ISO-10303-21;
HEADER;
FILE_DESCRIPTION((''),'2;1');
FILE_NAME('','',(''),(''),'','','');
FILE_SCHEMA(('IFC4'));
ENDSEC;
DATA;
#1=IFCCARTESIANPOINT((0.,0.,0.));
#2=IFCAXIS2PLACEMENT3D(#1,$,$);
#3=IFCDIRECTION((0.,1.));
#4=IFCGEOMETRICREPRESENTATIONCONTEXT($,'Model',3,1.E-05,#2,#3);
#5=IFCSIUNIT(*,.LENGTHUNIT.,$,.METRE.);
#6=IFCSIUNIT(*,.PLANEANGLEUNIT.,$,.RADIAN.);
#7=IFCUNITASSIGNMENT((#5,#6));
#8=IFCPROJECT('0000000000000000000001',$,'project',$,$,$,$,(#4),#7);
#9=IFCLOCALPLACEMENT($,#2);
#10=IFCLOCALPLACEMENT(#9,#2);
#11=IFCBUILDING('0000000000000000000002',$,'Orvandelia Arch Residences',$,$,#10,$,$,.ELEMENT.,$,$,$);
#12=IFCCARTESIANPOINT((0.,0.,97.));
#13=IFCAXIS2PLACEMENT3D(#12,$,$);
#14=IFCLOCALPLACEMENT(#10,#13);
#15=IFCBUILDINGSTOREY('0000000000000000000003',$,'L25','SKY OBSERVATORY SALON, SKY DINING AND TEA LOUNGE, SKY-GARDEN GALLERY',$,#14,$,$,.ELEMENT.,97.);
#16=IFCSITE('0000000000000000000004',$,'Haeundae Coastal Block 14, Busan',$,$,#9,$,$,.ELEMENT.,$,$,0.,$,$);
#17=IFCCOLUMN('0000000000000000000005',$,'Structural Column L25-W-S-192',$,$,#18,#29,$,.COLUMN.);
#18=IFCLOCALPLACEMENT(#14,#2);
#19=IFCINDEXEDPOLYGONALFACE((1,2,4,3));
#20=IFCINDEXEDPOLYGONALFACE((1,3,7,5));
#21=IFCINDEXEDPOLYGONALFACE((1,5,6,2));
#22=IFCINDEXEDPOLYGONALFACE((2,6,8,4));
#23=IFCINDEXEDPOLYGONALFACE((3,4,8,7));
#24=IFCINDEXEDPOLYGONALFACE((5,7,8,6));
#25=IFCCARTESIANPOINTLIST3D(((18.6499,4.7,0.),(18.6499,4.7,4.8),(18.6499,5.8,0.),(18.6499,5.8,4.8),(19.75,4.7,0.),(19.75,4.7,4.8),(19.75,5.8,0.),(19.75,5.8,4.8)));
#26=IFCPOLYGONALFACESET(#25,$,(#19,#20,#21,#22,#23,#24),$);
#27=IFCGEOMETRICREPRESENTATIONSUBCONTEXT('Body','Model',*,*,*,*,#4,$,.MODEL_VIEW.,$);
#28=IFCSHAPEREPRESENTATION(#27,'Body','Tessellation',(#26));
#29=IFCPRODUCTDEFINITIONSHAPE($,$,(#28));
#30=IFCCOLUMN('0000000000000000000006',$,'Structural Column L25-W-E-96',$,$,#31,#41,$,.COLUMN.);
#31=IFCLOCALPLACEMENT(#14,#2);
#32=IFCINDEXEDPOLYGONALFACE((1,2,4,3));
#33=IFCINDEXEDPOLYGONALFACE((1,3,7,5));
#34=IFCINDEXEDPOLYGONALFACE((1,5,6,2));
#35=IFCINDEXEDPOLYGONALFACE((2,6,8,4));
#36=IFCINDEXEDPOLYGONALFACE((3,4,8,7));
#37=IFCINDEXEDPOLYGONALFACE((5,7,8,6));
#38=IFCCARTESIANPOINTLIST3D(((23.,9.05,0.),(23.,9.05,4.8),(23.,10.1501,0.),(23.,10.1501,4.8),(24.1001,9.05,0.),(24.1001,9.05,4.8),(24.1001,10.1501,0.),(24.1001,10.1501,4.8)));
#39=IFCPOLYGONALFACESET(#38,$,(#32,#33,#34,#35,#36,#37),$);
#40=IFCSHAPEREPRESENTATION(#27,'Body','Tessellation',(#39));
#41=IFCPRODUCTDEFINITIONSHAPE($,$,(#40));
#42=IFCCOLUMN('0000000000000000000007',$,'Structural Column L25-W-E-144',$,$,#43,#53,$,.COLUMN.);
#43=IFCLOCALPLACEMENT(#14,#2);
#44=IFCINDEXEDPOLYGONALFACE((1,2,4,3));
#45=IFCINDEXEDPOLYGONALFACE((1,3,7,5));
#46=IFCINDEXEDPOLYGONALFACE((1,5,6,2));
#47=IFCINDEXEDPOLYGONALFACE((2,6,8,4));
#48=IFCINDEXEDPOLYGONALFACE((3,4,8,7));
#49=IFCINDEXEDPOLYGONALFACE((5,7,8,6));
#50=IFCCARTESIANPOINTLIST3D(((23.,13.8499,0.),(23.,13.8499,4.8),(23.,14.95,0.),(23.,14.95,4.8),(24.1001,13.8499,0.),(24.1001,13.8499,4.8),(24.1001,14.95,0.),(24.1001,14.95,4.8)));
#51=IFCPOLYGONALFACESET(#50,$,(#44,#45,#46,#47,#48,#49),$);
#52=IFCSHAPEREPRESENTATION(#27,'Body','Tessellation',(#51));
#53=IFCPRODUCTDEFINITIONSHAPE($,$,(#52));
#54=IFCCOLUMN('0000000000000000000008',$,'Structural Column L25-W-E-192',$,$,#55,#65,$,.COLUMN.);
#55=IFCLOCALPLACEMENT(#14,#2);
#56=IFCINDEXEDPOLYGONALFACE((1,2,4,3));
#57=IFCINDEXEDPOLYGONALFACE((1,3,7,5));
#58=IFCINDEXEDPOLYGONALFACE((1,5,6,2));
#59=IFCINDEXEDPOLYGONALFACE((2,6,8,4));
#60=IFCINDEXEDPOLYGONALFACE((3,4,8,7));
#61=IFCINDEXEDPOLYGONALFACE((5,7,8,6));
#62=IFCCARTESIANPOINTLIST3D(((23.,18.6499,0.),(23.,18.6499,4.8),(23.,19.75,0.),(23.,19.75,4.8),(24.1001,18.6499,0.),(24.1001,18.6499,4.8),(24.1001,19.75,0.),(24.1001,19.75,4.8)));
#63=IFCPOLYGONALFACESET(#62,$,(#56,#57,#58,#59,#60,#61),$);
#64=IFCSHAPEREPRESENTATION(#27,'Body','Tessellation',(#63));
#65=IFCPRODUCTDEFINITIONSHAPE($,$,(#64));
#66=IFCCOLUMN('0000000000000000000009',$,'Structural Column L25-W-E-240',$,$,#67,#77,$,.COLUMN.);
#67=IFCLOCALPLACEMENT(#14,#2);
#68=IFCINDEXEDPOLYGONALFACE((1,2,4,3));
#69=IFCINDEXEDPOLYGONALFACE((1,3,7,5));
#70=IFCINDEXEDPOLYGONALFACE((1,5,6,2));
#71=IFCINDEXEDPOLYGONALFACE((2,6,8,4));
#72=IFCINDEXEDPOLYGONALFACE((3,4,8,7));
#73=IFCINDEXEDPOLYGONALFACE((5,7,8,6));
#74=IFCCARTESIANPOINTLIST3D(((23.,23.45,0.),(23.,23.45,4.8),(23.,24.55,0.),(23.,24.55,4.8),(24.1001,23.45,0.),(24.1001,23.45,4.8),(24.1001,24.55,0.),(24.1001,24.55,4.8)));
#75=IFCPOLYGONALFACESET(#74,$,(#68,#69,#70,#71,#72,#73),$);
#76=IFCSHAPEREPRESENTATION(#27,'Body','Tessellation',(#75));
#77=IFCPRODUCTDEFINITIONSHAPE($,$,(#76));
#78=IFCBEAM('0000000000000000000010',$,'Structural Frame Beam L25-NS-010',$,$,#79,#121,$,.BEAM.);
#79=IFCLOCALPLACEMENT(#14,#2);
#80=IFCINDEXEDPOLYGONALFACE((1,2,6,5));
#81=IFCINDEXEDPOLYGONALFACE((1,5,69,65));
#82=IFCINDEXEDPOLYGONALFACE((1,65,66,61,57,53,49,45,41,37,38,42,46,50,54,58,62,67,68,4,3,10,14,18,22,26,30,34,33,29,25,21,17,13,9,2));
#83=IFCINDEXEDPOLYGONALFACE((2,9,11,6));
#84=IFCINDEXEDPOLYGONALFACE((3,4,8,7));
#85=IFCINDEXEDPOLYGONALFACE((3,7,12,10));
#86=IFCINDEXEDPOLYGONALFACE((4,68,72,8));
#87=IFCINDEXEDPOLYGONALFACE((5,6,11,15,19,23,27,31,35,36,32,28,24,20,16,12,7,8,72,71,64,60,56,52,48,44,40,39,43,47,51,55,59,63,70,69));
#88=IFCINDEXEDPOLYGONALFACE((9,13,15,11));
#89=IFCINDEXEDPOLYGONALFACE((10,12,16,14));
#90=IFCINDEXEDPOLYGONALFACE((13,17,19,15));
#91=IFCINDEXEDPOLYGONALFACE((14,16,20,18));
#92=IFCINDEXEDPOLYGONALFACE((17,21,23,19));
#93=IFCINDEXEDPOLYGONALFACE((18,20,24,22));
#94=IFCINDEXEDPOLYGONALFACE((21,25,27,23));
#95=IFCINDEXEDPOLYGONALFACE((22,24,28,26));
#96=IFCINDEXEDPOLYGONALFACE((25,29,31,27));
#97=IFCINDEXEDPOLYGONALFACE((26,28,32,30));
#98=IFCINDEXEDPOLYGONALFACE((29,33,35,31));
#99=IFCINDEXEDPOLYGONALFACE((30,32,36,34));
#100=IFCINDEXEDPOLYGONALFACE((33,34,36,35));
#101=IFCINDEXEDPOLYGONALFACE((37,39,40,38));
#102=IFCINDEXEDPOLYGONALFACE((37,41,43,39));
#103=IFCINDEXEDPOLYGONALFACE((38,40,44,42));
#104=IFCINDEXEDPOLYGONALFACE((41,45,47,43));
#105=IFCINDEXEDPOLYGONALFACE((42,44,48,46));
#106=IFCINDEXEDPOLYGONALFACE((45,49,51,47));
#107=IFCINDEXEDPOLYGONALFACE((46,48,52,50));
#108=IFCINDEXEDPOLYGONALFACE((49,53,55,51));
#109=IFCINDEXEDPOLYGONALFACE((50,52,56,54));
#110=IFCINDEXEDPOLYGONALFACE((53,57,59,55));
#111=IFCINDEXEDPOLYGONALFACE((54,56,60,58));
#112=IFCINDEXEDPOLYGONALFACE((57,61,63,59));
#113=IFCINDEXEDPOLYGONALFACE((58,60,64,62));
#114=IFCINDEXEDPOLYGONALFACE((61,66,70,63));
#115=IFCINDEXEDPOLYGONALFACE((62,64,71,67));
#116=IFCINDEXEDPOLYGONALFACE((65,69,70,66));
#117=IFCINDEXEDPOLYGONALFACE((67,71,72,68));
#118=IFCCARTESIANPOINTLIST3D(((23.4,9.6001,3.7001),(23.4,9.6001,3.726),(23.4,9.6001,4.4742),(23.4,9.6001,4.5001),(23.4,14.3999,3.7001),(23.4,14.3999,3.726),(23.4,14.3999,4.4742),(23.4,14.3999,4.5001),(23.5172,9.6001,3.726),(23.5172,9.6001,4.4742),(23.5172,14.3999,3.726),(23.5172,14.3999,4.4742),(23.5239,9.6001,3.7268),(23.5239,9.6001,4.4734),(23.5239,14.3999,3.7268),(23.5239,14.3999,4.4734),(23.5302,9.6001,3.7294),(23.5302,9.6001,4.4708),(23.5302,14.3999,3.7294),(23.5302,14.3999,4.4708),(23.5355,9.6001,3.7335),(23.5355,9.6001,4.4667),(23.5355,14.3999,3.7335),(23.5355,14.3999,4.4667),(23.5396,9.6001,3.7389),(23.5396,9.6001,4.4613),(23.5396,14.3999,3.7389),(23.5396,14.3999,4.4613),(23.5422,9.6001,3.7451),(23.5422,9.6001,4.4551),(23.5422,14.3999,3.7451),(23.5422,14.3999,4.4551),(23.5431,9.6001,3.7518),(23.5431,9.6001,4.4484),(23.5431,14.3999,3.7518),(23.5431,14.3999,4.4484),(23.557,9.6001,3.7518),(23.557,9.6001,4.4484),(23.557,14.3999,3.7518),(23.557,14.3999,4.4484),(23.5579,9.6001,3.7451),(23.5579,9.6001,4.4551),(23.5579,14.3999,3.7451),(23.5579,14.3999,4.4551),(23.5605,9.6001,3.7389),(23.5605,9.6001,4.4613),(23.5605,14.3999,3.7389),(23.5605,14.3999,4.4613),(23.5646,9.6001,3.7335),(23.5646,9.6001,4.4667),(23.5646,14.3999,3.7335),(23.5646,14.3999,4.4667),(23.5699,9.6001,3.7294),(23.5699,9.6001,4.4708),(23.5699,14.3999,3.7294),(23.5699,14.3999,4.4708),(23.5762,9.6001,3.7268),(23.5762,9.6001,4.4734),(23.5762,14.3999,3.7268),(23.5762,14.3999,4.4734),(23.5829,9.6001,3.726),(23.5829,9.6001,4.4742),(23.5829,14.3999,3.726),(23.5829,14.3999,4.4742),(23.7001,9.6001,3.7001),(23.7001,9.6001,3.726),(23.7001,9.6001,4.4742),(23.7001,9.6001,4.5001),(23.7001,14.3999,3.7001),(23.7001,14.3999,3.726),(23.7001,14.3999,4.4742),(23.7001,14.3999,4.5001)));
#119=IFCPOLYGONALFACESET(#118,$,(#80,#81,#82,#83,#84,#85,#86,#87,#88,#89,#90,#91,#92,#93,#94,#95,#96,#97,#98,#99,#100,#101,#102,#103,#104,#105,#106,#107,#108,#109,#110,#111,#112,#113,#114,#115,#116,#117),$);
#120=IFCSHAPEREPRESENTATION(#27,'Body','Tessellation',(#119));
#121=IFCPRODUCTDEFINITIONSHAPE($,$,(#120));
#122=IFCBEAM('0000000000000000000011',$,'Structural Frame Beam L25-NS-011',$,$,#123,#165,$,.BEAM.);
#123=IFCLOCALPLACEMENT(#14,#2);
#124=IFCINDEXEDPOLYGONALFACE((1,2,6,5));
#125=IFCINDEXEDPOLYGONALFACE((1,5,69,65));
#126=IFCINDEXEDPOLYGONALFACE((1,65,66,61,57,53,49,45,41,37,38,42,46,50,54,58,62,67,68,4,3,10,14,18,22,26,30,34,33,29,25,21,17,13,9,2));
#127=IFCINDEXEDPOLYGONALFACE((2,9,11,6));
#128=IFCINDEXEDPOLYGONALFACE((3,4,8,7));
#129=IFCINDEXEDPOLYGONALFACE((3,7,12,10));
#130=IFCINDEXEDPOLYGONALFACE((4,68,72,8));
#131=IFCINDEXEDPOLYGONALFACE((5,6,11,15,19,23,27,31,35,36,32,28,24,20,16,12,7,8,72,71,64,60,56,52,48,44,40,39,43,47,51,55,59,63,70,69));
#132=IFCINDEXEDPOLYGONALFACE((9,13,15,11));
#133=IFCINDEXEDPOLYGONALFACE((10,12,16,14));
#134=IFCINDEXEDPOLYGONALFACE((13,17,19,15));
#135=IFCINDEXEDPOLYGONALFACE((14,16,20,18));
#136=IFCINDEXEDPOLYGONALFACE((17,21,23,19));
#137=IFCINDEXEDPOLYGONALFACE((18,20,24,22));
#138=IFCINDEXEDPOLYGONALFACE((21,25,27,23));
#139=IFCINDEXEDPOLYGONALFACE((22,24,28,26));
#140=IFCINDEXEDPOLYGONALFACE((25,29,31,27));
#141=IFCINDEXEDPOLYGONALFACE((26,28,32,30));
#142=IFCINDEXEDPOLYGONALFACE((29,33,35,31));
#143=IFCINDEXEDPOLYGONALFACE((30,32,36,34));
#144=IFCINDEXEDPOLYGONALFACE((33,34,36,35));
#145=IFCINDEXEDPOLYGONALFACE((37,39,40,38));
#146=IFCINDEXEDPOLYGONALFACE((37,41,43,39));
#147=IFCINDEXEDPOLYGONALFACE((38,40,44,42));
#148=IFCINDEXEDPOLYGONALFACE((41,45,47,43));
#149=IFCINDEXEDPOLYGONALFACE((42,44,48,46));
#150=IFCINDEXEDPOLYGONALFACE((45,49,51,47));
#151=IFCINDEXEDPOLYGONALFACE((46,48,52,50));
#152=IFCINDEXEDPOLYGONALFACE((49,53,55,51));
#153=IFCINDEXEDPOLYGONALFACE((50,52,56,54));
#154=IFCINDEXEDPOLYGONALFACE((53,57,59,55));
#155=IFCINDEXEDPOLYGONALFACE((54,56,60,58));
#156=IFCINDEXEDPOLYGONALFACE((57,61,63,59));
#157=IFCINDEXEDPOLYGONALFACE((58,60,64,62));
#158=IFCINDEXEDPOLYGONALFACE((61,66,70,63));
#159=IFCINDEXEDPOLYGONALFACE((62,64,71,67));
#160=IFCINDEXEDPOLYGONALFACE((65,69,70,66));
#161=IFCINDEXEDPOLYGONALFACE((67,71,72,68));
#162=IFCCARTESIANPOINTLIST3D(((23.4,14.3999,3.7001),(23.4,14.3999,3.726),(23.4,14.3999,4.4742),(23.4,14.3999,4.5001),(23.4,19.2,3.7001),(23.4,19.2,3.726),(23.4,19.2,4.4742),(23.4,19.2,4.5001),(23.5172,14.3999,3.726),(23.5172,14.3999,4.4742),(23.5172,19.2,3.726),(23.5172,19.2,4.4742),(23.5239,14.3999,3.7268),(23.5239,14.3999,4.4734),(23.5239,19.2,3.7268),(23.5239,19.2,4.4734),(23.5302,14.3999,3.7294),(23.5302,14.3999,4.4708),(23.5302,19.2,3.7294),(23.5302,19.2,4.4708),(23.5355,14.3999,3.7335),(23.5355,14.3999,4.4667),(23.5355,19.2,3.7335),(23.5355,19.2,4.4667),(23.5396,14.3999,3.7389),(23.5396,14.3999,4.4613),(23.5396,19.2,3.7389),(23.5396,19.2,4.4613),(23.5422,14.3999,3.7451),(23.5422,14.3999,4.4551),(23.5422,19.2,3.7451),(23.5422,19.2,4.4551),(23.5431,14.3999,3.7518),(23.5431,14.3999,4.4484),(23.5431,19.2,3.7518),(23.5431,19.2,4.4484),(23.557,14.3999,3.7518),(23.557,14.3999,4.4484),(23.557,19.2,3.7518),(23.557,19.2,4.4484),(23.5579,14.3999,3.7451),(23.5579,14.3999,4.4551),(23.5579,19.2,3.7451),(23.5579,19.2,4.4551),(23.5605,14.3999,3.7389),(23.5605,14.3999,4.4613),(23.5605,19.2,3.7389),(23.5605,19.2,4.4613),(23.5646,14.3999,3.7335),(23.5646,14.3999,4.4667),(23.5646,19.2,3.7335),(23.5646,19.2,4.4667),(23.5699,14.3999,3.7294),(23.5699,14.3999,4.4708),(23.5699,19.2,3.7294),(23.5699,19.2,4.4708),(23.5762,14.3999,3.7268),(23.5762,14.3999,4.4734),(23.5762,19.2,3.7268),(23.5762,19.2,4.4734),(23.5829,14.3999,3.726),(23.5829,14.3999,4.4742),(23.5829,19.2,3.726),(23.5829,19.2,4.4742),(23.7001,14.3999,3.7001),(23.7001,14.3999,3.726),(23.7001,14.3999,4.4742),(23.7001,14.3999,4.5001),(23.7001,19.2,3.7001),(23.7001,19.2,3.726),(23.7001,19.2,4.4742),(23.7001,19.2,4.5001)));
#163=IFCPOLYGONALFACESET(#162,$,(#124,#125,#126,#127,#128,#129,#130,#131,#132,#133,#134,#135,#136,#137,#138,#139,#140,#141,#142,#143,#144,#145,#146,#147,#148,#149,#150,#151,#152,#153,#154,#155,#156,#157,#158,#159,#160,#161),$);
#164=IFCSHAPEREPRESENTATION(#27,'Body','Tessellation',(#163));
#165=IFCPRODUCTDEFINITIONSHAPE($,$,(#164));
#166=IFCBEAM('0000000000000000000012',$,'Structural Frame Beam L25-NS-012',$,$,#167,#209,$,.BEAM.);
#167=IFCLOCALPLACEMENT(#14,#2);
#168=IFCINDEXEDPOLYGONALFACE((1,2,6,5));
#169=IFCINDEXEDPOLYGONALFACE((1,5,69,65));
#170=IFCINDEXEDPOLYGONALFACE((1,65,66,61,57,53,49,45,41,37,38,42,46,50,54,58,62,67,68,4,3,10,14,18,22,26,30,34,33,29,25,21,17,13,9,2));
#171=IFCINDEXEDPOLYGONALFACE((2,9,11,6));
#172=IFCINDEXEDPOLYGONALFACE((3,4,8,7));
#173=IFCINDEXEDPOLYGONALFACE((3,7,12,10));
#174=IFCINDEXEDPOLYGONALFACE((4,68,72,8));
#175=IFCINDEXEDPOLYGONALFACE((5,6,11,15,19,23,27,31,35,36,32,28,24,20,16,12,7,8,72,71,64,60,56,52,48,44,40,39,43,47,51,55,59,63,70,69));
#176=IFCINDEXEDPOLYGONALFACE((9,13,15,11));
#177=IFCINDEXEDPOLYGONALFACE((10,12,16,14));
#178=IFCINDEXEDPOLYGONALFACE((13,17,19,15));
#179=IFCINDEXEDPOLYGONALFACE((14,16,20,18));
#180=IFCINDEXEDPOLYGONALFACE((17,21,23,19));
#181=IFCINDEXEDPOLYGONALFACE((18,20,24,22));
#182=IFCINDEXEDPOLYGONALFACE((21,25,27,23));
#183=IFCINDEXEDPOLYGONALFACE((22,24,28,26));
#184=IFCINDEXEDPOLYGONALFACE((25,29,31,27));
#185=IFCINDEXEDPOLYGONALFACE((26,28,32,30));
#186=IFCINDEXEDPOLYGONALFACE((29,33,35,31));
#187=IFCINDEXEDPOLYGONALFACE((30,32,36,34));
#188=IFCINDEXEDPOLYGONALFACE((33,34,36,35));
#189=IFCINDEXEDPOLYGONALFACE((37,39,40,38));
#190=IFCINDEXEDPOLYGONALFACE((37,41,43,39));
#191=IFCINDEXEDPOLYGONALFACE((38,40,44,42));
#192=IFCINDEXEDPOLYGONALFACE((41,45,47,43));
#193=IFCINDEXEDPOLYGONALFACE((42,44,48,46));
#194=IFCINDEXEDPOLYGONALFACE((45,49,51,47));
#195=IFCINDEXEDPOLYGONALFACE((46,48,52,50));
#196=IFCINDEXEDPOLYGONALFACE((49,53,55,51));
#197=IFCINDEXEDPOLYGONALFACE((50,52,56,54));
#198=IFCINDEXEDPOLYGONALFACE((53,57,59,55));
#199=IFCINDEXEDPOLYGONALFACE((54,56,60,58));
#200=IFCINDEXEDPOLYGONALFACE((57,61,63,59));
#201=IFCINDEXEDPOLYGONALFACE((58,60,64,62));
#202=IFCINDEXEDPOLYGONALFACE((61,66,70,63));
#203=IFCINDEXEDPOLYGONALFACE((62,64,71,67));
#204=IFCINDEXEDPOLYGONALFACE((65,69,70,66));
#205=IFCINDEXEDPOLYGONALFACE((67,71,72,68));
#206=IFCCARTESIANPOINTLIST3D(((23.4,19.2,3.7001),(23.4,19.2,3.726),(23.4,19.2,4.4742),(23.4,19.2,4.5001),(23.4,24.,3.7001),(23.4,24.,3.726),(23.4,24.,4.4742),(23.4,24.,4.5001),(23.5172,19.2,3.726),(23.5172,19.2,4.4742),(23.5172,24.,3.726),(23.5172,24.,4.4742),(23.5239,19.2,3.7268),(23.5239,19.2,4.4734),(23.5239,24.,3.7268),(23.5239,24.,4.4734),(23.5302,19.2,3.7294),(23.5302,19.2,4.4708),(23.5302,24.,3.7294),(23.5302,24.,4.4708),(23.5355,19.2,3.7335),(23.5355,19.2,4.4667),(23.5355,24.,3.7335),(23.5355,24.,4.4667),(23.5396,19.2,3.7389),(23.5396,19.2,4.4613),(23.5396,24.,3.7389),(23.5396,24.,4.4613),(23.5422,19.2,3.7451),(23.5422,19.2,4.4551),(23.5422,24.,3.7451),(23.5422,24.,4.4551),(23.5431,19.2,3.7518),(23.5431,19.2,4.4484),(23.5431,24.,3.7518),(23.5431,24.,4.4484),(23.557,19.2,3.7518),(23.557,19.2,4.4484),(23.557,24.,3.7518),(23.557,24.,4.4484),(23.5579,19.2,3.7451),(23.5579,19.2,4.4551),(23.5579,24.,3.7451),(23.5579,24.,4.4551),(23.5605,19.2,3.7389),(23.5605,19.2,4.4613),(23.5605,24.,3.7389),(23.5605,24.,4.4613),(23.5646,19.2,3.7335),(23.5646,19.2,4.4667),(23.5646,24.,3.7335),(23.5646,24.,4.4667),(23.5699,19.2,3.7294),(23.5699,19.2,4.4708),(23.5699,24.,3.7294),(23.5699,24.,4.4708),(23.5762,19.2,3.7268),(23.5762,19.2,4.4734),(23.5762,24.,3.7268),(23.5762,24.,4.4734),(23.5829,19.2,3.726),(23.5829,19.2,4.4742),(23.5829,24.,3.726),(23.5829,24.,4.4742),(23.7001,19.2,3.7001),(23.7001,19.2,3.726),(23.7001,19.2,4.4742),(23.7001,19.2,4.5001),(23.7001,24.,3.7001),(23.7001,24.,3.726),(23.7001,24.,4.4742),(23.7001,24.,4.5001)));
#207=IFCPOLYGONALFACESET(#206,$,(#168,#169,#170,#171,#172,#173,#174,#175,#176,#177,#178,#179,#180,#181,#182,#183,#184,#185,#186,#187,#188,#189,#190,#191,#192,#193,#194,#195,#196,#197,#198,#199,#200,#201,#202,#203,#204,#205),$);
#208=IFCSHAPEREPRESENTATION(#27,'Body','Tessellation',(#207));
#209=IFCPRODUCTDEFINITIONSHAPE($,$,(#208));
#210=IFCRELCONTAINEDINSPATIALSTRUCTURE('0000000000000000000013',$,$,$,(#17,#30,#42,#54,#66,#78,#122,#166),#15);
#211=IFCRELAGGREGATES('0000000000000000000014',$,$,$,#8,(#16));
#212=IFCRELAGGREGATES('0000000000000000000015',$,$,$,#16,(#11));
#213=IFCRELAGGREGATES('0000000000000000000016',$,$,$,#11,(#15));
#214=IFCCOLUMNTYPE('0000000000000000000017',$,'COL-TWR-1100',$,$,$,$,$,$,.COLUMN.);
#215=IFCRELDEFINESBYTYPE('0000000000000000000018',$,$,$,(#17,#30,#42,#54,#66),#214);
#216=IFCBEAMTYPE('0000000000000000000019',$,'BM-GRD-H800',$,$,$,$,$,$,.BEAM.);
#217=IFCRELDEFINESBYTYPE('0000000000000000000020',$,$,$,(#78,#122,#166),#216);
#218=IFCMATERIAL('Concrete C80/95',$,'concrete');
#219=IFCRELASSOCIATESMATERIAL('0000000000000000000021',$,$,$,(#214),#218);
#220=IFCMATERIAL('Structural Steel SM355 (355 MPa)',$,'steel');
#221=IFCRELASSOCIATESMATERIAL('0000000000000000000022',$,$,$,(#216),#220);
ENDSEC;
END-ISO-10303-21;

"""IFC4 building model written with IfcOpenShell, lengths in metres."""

from ifc_helpers import new_model, si_unit, direction, frame, origin, origin_2d, place, context, subcontext, project, spatial, rectangle, i_section, extrude, material, material_profile, profile_set, type_object, element, save


model = new_model("IFC4")

# Units and contexts
model_context = context("Model", 3, precision=1e-05, world=origin(), true_north=direction((0.0, 1.0)))
body_context = subcontext(model_context, "Body", "Model", "MODEL_VIEW")
ifc_project = project(units=[si_unit("LENGTHUNIT", "METRE"), si_unit("PLANEANGLEUNIT", "RADIAN")], contexts=[model_context])

# Site, building, storey
site_placement = place(None, origin())
site = spatial("IfcSite", under=ifc_project, at=site_placement, Name="Haeundae Coastal Block 14, Busan", CompositionType="ELEMENT", RefElevation=0.0)
building_placement = place(site_placement, origin())
building = spatial("IfcBuilding", under=site, at=building_placement, Name="Orvandelia Arch Residences", CompositionType="ELEMENT")
storey_placement = place(building_placement, frame((0.0, 0.0, 97.0)))
storey = spatial("IfcBuildingStorey", under=building, at=storey_placement, Name="L25", Description="SKY OBSERVATORY SALON, SKY DINING AND TEA LOUNGE, SKY-GARDEN GALLERY", CompositionType="ELEMENT", Elevation=97.0)

# Columns
ifc_material_1 = material(Name="Concrete C80/95", Category="concrete")
ifc_material_profile_1 = material_profile(ifc_material_1, rectangle(XDim=1.1001, YDim=1.1001, at=origin_2d()), Name="Concrete C80/95", Category="concrete")
ifc_profile_set_1 = profile_set([ifc_material_profile_1], Name="Concrete C80/95")
column_type = type_object("IfcColumnType", Name="COL-TWR-1100", PredefinedType="COLUMN", material=ifc_profile_set_1)
for number, where, z_axis, x_axis, name in (
    (1, (19.2, 5.25, 0.0), (0.0, 0.0, 1.0), (1.0, 0.0, 0.0), "Structural Column L25-W-S-192"),
    (2, (23.55, 9.6001, 0.0), (0.0, 0.0, 1.0), (1.0, 0.0, 0.0), "Structural Column L25-W-E-96"),
    (3, (23.55, 14.3999, 0.0), (0.0, 0.0, 1.0), (1.0, 0.0, 0.0), "Structural Column L25-W-E-144"),
    (4, (23.55, 19.2, 0.0), (0.0, 0.0, 1.0), (1.0, 0.0, 0.0), "Structural Column L25-W-E-192"),
    (5, (23.55, 24.0, 0.0), (0.0, 0.0, 1.0), (1.0, 0.0, 0.0), "Structural Column L25-W-E-240"),
):
    element("IfcColumn", number, at=place(storey_placement, frame(where, z_axis=z_axis, x_axis=x_axis)), inside=storey, type_object=column_type, Name=name, PredefinedType="COLUMN", context=body_context, shape_type="SweptSolid", body=[
        extrude(rectangle(XDim=1.1001, YDim=1.1001, at=origin_2d()), origin(), (0.0, 0.0, 1.0), 4.8),
    ])

# Beams
ifc_material_2 = material(Name="Structural Steel SM355 (355 MPa)", Category="steel")
ifc_material_profile_2 = material_profile(ifc_material_2, i_section(OverallWidth=0.3, OverallDepth=0.8, WebThickness=0.0139, FlangeThickness=0.0259, FilletRadius=0.0259, at=origin_2d()), Name="Structural Steel SM355 (355 MPa)", Category="steel")
ifc_profile_set_2 = profile_set([ifc_material_profile_2], Name="Structural Steel SM355 (355 MPa)")
beam_type_1 = type_object("IfcBeamType", Name="BM-GRD-H800", PredefinedType="BEAM", material=ifc_profile_set_2)
beam_1_placement = place(storey_placement, frame((23.55, 9.6001, 4.1001), z_axis=(0.0, 1.0, 0.0), x_axis=(-1.0, 0.0, 0.0)))
element("IfcBeam", 6, at=beam_1_placement, inside=storey, type_object=beam_type_1, Name="Structural Frame Beam L25-NS-010", PredefinedType="BEAM", context=body_context, shape_type="SweptSolid", body=[
    extrude(i_section(OverallWidth=0.3, OverallDepth=0.8, WebThickness=0.0139, FlangeThickness=0.0259, FilletRadius=0.0259, at=origin_2d()), origin(), (0.0, 0.0, 1.0), 4.7998),
])
for number, where, z_axis, x_axis, name in (
    (7, (23.55, 14.3999, 4.1001), (0.0, 1.0, 0.0), (-1.0, 0.0, 0.0), "Structural Frame Beam L25-NS-011"),
    (8, (23.55, 19.2, 4.1001), (0.0, 1.0, 0.0), (-1.0, 0.0, 0.0), "Structural Frame Beam L25-NS-012"),
):
    element("IfcBeam", number, at=place(storey_placement, frame(where, z_axis=z_axis, x_axis=x_axis)), inside=storey, type_object=beam_type_1, Name=name, PredefinedType="BEAM", context=body_context, shape_type="SweptSolid", body=[
        extrude(i_section(OverallWidth=0.3, OverallDepth=0.8, WebThickness=0.0139, FlangeThickness=0.0259, FilletRadius=0.0259, at=origin_2d()), origin(), (0.0, 0.0, 1.0), 4.8),
    ])

save(model, "model.ifc")
